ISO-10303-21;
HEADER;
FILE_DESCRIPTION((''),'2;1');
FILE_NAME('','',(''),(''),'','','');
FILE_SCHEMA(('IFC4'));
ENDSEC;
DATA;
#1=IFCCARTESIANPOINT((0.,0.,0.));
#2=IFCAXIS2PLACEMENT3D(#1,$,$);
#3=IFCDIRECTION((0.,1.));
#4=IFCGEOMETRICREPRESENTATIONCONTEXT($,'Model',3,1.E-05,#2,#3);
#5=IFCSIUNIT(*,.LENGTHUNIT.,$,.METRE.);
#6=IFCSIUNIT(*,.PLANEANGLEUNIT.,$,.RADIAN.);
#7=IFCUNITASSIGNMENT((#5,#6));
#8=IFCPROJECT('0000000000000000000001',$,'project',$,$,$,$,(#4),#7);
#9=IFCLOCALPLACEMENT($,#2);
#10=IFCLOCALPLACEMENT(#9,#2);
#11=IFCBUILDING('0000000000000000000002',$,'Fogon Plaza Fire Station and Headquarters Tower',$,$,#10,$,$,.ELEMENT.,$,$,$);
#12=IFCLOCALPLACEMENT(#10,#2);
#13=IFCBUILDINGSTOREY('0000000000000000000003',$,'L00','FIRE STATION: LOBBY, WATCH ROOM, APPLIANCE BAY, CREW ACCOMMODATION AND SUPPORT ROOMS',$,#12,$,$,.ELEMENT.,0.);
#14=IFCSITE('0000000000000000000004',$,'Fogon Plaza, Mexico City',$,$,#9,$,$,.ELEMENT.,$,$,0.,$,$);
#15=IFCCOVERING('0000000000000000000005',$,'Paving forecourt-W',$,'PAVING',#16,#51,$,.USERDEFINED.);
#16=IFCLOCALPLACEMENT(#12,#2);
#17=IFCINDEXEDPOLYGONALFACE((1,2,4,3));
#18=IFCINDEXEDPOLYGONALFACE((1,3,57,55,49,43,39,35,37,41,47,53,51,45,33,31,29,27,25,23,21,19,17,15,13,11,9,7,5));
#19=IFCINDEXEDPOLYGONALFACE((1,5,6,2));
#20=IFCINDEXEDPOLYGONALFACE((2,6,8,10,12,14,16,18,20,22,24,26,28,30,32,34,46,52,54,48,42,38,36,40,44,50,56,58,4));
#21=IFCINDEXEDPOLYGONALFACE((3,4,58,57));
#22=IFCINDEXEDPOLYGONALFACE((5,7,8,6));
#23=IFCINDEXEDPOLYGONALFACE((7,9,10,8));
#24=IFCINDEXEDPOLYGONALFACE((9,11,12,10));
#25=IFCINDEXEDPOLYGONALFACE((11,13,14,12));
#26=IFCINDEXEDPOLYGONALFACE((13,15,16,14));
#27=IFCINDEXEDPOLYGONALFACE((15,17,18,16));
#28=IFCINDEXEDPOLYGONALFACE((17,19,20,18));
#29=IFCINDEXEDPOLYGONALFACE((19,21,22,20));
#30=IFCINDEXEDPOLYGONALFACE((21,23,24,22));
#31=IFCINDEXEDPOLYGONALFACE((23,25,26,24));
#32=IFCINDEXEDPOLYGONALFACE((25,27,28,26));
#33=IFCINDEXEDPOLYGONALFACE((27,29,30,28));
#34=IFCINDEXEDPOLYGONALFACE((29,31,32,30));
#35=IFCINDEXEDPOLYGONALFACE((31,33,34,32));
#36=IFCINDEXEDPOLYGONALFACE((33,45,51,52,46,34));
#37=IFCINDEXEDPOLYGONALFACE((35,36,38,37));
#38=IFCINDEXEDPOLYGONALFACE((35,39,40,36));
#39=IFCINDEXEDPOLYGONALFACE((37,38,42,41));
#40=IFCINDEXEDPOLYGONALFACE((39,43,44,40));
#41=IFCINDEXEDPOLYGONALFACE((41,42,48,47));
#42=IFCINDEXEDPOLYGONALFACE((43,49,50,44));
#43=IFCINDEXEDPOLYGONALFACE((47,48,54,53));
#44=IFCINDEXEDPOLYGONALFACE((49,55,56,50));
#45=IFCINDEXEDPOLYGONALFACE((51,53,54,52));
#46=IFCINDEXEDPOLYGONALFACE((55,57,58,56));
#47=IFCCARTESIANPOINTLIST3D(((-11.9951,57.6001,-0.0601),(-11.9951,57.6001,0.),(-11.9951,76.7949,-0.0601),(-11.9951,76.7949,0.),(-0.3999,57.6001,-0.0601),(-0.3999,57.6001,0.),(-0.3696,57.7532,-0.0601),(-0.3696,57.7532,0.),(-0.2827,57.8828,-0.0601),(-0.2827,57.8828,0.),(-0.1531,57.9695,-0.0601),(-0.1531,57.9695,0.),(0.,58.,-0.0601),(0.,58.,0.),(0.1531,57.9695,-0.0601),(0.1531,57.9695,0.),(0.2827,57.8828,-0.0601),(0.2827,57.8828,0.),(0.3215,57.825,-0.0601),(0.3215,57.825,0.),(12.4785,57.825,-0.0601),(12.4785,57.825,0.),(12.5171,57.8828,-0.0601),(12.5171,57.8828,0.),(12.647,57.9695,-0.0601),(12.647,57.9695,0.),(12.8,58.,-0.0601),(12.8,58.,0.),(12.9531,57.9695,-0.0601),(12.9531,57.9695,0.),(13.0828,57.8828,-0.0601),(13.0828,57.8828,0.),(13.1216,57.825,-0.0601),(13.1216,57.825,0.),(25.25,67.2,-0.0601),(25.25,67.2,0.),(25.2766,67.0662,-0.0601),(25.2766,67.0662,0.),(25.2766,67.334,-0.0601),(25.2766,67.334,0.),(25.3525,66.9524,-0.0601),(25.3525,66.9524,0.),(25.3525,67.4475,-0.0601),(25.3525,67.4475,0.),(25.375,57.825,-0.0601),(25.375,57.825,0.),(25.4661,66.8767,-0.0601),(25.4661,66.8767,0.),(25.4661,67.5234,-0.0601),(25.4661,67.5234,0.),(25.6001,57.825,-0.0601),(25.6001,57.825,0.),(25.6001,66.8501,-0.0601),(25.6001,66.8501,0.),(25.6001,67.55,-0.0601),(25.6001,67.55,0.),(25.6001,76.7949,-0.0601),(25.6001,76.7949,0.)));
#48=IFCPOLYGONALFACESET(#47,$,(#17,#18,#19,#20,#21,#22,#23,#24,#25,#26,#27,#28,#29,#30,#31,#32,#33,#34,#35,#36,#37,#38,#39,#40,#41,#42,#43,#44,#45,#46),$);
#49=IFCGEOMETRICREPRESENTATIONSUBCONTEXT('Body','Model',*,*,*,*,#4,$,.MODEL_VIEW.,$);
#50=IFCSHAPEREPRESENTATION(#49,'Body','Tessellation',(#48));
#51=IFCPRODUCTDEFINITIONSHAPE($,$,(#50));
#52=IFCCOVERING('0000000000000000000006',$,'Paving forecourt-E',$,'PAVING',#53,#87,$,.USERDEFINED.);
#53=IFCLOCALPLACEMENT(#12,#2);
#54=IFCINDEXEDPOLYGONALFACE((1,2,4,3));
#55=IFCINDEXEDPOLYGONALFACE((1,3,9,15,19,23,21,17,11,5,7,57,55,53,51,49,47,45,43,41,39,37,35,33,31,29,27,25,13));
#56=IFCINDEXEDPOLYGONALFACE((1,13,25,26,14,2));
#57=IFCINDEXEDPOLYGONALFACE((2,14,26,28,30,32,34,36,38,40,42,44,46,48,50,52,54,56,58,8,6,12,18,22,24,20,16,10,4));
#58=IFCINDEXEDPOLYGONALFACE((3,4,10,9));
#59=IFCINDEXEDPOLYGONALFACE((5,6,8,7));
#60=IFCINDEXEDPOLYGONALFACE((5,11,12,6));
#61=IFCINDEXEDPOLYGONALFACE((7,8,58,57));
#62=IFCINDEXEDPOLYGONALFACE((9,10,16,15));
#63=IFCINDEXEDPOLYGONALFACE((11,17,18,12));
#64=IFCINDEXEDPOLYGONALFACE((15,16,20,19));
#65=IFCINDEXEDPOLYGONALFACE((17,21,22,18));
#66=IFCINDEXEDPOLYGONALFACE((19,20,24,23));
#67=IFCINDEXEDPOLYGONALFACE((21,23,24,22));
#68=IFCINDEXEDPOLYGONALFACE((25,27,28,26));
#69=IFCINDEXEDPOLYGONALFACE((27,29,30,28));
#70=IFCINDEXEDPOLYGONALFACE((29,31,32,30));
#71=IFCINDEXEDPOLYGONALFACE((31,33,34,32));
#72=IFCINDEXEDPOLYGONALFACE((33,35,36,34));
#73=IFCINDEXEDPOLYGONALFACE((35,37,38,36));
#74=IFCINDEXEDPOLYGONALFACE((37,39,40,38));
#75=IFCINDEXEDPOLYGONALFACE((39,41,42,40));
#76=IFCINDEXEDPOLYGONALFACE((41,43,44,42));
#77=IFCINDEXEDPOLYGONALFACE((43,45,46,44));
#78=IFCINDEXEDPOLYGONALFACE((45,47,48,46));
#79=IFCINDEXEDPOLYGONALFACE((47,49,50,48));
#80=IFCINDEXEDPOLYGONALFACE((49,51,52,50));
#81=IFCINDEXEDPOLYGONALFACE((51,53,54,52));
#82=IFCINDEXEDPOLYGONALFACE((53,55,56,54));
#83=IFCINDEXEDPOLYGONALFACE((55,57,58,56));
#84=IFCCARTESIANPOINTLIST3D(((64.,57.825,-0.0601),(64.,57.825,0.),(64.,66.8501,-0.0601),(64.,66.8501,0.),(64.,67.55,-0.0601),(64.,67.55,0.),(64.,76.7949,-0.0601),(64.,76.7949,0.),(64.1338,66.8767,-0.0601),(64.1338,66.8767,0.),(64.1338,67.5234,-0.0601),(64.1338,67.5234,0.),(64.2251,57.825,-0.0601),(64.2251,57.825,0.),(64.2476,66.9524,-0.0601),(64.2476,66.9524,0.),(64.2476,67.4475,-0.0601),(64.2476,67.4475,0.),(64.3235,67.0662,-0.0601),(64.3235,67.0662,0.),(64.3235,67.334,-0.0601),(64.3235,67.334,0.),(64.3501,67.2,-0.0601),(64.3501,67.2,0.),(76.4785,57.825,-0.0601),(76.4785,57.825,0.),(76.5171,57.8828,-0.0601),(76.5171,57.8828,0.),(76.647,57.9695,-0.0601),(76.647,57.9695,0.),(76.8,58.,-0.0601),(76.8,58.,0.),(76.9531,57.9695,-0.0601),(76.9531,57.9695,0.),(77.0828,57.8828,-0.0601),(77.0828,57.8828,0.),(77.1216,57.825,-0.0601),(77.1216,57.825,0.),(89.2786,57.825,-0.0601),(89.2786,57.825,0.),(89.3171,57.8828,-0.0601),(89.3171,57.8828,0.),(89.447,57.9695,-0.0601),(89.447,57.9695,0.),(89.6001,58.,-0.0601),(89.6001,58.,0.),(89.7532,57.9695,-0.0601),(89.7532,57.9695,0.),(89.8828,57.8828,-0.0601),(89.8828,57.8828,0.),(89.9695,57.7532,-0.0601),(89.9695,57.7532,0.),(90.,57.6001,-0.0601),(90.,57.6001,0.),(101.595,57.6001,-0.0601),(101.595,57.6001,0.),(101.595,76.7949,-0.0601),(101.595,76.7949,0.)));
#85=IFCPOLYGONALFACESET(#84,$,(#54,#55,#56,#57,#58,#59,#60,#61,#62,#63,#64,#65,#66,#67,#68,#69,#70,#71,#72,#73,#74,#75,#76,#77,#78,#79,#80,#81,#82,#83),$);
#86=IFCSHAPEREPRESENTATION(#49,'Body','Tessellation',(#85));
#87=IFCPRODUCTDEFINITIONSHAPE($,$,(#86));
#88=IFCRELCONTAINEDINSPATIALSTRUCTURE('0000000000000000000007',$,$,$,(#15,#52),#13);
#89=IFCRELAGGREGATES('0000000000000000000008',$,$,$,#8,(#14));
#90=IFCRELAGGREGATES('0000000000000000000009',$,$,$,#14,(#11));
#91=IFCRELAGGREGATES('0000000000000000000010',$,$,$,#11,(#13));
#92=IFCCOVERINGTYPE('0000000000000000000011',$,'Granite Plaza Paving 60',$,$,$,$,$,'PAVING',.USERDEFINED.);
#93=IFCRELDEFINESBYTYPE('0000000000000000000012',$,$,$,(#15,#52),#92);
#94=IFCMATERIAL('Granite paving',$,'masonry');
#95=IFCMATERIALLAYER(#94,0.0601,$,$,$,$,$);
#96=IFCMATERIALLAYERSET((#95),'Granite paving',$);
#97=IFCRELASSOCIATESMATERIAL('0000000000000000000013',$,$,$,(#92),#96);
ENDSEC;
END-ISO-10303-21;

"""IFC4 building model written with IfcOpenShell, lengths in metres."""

from ifc_helpers import new_model, si_unit, direction, frame, origin, place, context, subcontext, project, spatial, polyline, outline, extrude, material, layer, layer_set, type_object, element, save


model = new_model("IFC4")

# Units and contexts
model_context = context("Model", 3, precision=1e-05, world=origin(), true_north=direction((0.0, 1.0)))
body_context = subcontext(model_context, "Body", "Model", "MODEL_VIEW")
ifc_project = project(units=[si_unit("LENGTHUNIT", "METRE"), si_unit("PLANEANGLEUNIT", "RADIAN")], contexts=[model_context])

# Site, building, storey
site_placement = place(None, origin())
site = spatial("IfcSite", under=ifc_project, at=site_placement, Name="Fogon Plaza, Mexico City", CompositionType="ELEMENT", RefElevation=0.0)
building_placement = place(site_placement, origin())
building = spatial("IfcBuilding", under=site, at=building_placement, Name="Fogon Plaza Fire Station and Headquarters Tower", CompositionType="ELEMENT")
storey_placement = place(building_placement, origin())
storey = spatial("IfcBuildingStorey", under=building, at=storey_placement, Name="L00", Description="FIRE STATION: LOBBY, WATCH ROOM, APPLIANCE BAY, CREW ACCOMMODATION AND SUPPORT ROOMS", CompositionType="ELEMENT", Elevation=0.0)

# Coverings
ifc_material_1 = material(Name="Granite paving", Category="masonry")
ifc_layer_1 = layer(ifc_material_1, 0.0601)
ifc_layer_set_1 = layer_set([ifc_layer_1], Name="Granite paving")
covering_type_1 = type_object("IfcCoveringType", Name="Granite Plaza Paving 60", ElementType="PAVING", PredefinedType="USERDEFINED", material=ifc_layer_set_1)
covering_1_placement = place(storey_placement, frame((0.0, 0.0, -0.0601)))
element("IfcCovering", 1, at=covering_1_placement, inside=storey, type_object=covering_type_1, Name="Paving forecourt-W", ObjectType="PAVING", PredefinedType="USERDEFINED", context=body_context, shape_type="SweptSolid", body=[
    extrude(outline(polyline([(-11.9951, 76.7949), (25.6001, 76.7949), (25.6001, 67.55), (25.4661, 67.5234), (25.3525, 67.4475), (25.2766, 67.334), (25.25, 67.2), (25.2766, 67.0662), (25.3525, 66.9524), (25.4661, 66.8767), (25.6001, 66.8501), (25.6001, 57.825), (25.375, 57.825), (13.1216, 57.825), (13.0828, 57.8828), (12.9531, 57.9695), (12.8, 58.0), (12.647, 57.9695), (12.5171, 57.8828), (12.4785, 57.825), (0.3215, 57.825), (0.2827, 57.8828), (0.1531, 57.9695), (0.0, 58.0), (-0.1531, 57.9695), (-0.2827, 57.8828), (-0.3696, 57.7532), (-0.3999, 57.6001), (-11.9951, 57.6001), (-11.9951, 76.7949)])), origin(), (0.0, 0.0, 1.0), 0.0601),
])
covering_2_placement = place(storey_placement, frame((0.0, 0.0, -0.0601)))
element("IfcCovering", 2, at=covering_2_placement, inside=storey, type_object=covering_type_1, Name="Paving forecourt-E", ObjectType="PAVING", PredefinedType="USERDEFINED", context=body_context, shape_type="SweptSolid", body=[
    extrude(outline(polyline([(64.1338, 66.8767), (64.2476, 66.9524), (64.3235, 67.0662), (64.3501, 67.2), (64.3235, 67.334), (64.2476, 67.4475), (64.1338, 67.5234), (64.0, 67.55), (64.0, 76.7949), (101.595, 76.7949), (101.595, 57.6001), (90.0, 57.6001), (89.9695, 57.7532), (89.8828, 57.8828), (89.7532, 57.9695), (89.6001, 58.0), (89.447, 57.9695), (89.3171, 57.8828), (89.2786, 57.825), (77.1216, 57.825), (77.0828, 57.8828), (76.9531, 57.9695), (76.8, 58.0), (76.647, 57.9695), (76.5171, 57.8828), (76.4785, 57.825), (64.2251, 57.825), (64.0, 57.825), (64.0, 66.8501), (64.1338, 66.8767)])), origin(), (0.0, 0.0, 1.0), 0.0601),
])

save(model, "model.ifc")
